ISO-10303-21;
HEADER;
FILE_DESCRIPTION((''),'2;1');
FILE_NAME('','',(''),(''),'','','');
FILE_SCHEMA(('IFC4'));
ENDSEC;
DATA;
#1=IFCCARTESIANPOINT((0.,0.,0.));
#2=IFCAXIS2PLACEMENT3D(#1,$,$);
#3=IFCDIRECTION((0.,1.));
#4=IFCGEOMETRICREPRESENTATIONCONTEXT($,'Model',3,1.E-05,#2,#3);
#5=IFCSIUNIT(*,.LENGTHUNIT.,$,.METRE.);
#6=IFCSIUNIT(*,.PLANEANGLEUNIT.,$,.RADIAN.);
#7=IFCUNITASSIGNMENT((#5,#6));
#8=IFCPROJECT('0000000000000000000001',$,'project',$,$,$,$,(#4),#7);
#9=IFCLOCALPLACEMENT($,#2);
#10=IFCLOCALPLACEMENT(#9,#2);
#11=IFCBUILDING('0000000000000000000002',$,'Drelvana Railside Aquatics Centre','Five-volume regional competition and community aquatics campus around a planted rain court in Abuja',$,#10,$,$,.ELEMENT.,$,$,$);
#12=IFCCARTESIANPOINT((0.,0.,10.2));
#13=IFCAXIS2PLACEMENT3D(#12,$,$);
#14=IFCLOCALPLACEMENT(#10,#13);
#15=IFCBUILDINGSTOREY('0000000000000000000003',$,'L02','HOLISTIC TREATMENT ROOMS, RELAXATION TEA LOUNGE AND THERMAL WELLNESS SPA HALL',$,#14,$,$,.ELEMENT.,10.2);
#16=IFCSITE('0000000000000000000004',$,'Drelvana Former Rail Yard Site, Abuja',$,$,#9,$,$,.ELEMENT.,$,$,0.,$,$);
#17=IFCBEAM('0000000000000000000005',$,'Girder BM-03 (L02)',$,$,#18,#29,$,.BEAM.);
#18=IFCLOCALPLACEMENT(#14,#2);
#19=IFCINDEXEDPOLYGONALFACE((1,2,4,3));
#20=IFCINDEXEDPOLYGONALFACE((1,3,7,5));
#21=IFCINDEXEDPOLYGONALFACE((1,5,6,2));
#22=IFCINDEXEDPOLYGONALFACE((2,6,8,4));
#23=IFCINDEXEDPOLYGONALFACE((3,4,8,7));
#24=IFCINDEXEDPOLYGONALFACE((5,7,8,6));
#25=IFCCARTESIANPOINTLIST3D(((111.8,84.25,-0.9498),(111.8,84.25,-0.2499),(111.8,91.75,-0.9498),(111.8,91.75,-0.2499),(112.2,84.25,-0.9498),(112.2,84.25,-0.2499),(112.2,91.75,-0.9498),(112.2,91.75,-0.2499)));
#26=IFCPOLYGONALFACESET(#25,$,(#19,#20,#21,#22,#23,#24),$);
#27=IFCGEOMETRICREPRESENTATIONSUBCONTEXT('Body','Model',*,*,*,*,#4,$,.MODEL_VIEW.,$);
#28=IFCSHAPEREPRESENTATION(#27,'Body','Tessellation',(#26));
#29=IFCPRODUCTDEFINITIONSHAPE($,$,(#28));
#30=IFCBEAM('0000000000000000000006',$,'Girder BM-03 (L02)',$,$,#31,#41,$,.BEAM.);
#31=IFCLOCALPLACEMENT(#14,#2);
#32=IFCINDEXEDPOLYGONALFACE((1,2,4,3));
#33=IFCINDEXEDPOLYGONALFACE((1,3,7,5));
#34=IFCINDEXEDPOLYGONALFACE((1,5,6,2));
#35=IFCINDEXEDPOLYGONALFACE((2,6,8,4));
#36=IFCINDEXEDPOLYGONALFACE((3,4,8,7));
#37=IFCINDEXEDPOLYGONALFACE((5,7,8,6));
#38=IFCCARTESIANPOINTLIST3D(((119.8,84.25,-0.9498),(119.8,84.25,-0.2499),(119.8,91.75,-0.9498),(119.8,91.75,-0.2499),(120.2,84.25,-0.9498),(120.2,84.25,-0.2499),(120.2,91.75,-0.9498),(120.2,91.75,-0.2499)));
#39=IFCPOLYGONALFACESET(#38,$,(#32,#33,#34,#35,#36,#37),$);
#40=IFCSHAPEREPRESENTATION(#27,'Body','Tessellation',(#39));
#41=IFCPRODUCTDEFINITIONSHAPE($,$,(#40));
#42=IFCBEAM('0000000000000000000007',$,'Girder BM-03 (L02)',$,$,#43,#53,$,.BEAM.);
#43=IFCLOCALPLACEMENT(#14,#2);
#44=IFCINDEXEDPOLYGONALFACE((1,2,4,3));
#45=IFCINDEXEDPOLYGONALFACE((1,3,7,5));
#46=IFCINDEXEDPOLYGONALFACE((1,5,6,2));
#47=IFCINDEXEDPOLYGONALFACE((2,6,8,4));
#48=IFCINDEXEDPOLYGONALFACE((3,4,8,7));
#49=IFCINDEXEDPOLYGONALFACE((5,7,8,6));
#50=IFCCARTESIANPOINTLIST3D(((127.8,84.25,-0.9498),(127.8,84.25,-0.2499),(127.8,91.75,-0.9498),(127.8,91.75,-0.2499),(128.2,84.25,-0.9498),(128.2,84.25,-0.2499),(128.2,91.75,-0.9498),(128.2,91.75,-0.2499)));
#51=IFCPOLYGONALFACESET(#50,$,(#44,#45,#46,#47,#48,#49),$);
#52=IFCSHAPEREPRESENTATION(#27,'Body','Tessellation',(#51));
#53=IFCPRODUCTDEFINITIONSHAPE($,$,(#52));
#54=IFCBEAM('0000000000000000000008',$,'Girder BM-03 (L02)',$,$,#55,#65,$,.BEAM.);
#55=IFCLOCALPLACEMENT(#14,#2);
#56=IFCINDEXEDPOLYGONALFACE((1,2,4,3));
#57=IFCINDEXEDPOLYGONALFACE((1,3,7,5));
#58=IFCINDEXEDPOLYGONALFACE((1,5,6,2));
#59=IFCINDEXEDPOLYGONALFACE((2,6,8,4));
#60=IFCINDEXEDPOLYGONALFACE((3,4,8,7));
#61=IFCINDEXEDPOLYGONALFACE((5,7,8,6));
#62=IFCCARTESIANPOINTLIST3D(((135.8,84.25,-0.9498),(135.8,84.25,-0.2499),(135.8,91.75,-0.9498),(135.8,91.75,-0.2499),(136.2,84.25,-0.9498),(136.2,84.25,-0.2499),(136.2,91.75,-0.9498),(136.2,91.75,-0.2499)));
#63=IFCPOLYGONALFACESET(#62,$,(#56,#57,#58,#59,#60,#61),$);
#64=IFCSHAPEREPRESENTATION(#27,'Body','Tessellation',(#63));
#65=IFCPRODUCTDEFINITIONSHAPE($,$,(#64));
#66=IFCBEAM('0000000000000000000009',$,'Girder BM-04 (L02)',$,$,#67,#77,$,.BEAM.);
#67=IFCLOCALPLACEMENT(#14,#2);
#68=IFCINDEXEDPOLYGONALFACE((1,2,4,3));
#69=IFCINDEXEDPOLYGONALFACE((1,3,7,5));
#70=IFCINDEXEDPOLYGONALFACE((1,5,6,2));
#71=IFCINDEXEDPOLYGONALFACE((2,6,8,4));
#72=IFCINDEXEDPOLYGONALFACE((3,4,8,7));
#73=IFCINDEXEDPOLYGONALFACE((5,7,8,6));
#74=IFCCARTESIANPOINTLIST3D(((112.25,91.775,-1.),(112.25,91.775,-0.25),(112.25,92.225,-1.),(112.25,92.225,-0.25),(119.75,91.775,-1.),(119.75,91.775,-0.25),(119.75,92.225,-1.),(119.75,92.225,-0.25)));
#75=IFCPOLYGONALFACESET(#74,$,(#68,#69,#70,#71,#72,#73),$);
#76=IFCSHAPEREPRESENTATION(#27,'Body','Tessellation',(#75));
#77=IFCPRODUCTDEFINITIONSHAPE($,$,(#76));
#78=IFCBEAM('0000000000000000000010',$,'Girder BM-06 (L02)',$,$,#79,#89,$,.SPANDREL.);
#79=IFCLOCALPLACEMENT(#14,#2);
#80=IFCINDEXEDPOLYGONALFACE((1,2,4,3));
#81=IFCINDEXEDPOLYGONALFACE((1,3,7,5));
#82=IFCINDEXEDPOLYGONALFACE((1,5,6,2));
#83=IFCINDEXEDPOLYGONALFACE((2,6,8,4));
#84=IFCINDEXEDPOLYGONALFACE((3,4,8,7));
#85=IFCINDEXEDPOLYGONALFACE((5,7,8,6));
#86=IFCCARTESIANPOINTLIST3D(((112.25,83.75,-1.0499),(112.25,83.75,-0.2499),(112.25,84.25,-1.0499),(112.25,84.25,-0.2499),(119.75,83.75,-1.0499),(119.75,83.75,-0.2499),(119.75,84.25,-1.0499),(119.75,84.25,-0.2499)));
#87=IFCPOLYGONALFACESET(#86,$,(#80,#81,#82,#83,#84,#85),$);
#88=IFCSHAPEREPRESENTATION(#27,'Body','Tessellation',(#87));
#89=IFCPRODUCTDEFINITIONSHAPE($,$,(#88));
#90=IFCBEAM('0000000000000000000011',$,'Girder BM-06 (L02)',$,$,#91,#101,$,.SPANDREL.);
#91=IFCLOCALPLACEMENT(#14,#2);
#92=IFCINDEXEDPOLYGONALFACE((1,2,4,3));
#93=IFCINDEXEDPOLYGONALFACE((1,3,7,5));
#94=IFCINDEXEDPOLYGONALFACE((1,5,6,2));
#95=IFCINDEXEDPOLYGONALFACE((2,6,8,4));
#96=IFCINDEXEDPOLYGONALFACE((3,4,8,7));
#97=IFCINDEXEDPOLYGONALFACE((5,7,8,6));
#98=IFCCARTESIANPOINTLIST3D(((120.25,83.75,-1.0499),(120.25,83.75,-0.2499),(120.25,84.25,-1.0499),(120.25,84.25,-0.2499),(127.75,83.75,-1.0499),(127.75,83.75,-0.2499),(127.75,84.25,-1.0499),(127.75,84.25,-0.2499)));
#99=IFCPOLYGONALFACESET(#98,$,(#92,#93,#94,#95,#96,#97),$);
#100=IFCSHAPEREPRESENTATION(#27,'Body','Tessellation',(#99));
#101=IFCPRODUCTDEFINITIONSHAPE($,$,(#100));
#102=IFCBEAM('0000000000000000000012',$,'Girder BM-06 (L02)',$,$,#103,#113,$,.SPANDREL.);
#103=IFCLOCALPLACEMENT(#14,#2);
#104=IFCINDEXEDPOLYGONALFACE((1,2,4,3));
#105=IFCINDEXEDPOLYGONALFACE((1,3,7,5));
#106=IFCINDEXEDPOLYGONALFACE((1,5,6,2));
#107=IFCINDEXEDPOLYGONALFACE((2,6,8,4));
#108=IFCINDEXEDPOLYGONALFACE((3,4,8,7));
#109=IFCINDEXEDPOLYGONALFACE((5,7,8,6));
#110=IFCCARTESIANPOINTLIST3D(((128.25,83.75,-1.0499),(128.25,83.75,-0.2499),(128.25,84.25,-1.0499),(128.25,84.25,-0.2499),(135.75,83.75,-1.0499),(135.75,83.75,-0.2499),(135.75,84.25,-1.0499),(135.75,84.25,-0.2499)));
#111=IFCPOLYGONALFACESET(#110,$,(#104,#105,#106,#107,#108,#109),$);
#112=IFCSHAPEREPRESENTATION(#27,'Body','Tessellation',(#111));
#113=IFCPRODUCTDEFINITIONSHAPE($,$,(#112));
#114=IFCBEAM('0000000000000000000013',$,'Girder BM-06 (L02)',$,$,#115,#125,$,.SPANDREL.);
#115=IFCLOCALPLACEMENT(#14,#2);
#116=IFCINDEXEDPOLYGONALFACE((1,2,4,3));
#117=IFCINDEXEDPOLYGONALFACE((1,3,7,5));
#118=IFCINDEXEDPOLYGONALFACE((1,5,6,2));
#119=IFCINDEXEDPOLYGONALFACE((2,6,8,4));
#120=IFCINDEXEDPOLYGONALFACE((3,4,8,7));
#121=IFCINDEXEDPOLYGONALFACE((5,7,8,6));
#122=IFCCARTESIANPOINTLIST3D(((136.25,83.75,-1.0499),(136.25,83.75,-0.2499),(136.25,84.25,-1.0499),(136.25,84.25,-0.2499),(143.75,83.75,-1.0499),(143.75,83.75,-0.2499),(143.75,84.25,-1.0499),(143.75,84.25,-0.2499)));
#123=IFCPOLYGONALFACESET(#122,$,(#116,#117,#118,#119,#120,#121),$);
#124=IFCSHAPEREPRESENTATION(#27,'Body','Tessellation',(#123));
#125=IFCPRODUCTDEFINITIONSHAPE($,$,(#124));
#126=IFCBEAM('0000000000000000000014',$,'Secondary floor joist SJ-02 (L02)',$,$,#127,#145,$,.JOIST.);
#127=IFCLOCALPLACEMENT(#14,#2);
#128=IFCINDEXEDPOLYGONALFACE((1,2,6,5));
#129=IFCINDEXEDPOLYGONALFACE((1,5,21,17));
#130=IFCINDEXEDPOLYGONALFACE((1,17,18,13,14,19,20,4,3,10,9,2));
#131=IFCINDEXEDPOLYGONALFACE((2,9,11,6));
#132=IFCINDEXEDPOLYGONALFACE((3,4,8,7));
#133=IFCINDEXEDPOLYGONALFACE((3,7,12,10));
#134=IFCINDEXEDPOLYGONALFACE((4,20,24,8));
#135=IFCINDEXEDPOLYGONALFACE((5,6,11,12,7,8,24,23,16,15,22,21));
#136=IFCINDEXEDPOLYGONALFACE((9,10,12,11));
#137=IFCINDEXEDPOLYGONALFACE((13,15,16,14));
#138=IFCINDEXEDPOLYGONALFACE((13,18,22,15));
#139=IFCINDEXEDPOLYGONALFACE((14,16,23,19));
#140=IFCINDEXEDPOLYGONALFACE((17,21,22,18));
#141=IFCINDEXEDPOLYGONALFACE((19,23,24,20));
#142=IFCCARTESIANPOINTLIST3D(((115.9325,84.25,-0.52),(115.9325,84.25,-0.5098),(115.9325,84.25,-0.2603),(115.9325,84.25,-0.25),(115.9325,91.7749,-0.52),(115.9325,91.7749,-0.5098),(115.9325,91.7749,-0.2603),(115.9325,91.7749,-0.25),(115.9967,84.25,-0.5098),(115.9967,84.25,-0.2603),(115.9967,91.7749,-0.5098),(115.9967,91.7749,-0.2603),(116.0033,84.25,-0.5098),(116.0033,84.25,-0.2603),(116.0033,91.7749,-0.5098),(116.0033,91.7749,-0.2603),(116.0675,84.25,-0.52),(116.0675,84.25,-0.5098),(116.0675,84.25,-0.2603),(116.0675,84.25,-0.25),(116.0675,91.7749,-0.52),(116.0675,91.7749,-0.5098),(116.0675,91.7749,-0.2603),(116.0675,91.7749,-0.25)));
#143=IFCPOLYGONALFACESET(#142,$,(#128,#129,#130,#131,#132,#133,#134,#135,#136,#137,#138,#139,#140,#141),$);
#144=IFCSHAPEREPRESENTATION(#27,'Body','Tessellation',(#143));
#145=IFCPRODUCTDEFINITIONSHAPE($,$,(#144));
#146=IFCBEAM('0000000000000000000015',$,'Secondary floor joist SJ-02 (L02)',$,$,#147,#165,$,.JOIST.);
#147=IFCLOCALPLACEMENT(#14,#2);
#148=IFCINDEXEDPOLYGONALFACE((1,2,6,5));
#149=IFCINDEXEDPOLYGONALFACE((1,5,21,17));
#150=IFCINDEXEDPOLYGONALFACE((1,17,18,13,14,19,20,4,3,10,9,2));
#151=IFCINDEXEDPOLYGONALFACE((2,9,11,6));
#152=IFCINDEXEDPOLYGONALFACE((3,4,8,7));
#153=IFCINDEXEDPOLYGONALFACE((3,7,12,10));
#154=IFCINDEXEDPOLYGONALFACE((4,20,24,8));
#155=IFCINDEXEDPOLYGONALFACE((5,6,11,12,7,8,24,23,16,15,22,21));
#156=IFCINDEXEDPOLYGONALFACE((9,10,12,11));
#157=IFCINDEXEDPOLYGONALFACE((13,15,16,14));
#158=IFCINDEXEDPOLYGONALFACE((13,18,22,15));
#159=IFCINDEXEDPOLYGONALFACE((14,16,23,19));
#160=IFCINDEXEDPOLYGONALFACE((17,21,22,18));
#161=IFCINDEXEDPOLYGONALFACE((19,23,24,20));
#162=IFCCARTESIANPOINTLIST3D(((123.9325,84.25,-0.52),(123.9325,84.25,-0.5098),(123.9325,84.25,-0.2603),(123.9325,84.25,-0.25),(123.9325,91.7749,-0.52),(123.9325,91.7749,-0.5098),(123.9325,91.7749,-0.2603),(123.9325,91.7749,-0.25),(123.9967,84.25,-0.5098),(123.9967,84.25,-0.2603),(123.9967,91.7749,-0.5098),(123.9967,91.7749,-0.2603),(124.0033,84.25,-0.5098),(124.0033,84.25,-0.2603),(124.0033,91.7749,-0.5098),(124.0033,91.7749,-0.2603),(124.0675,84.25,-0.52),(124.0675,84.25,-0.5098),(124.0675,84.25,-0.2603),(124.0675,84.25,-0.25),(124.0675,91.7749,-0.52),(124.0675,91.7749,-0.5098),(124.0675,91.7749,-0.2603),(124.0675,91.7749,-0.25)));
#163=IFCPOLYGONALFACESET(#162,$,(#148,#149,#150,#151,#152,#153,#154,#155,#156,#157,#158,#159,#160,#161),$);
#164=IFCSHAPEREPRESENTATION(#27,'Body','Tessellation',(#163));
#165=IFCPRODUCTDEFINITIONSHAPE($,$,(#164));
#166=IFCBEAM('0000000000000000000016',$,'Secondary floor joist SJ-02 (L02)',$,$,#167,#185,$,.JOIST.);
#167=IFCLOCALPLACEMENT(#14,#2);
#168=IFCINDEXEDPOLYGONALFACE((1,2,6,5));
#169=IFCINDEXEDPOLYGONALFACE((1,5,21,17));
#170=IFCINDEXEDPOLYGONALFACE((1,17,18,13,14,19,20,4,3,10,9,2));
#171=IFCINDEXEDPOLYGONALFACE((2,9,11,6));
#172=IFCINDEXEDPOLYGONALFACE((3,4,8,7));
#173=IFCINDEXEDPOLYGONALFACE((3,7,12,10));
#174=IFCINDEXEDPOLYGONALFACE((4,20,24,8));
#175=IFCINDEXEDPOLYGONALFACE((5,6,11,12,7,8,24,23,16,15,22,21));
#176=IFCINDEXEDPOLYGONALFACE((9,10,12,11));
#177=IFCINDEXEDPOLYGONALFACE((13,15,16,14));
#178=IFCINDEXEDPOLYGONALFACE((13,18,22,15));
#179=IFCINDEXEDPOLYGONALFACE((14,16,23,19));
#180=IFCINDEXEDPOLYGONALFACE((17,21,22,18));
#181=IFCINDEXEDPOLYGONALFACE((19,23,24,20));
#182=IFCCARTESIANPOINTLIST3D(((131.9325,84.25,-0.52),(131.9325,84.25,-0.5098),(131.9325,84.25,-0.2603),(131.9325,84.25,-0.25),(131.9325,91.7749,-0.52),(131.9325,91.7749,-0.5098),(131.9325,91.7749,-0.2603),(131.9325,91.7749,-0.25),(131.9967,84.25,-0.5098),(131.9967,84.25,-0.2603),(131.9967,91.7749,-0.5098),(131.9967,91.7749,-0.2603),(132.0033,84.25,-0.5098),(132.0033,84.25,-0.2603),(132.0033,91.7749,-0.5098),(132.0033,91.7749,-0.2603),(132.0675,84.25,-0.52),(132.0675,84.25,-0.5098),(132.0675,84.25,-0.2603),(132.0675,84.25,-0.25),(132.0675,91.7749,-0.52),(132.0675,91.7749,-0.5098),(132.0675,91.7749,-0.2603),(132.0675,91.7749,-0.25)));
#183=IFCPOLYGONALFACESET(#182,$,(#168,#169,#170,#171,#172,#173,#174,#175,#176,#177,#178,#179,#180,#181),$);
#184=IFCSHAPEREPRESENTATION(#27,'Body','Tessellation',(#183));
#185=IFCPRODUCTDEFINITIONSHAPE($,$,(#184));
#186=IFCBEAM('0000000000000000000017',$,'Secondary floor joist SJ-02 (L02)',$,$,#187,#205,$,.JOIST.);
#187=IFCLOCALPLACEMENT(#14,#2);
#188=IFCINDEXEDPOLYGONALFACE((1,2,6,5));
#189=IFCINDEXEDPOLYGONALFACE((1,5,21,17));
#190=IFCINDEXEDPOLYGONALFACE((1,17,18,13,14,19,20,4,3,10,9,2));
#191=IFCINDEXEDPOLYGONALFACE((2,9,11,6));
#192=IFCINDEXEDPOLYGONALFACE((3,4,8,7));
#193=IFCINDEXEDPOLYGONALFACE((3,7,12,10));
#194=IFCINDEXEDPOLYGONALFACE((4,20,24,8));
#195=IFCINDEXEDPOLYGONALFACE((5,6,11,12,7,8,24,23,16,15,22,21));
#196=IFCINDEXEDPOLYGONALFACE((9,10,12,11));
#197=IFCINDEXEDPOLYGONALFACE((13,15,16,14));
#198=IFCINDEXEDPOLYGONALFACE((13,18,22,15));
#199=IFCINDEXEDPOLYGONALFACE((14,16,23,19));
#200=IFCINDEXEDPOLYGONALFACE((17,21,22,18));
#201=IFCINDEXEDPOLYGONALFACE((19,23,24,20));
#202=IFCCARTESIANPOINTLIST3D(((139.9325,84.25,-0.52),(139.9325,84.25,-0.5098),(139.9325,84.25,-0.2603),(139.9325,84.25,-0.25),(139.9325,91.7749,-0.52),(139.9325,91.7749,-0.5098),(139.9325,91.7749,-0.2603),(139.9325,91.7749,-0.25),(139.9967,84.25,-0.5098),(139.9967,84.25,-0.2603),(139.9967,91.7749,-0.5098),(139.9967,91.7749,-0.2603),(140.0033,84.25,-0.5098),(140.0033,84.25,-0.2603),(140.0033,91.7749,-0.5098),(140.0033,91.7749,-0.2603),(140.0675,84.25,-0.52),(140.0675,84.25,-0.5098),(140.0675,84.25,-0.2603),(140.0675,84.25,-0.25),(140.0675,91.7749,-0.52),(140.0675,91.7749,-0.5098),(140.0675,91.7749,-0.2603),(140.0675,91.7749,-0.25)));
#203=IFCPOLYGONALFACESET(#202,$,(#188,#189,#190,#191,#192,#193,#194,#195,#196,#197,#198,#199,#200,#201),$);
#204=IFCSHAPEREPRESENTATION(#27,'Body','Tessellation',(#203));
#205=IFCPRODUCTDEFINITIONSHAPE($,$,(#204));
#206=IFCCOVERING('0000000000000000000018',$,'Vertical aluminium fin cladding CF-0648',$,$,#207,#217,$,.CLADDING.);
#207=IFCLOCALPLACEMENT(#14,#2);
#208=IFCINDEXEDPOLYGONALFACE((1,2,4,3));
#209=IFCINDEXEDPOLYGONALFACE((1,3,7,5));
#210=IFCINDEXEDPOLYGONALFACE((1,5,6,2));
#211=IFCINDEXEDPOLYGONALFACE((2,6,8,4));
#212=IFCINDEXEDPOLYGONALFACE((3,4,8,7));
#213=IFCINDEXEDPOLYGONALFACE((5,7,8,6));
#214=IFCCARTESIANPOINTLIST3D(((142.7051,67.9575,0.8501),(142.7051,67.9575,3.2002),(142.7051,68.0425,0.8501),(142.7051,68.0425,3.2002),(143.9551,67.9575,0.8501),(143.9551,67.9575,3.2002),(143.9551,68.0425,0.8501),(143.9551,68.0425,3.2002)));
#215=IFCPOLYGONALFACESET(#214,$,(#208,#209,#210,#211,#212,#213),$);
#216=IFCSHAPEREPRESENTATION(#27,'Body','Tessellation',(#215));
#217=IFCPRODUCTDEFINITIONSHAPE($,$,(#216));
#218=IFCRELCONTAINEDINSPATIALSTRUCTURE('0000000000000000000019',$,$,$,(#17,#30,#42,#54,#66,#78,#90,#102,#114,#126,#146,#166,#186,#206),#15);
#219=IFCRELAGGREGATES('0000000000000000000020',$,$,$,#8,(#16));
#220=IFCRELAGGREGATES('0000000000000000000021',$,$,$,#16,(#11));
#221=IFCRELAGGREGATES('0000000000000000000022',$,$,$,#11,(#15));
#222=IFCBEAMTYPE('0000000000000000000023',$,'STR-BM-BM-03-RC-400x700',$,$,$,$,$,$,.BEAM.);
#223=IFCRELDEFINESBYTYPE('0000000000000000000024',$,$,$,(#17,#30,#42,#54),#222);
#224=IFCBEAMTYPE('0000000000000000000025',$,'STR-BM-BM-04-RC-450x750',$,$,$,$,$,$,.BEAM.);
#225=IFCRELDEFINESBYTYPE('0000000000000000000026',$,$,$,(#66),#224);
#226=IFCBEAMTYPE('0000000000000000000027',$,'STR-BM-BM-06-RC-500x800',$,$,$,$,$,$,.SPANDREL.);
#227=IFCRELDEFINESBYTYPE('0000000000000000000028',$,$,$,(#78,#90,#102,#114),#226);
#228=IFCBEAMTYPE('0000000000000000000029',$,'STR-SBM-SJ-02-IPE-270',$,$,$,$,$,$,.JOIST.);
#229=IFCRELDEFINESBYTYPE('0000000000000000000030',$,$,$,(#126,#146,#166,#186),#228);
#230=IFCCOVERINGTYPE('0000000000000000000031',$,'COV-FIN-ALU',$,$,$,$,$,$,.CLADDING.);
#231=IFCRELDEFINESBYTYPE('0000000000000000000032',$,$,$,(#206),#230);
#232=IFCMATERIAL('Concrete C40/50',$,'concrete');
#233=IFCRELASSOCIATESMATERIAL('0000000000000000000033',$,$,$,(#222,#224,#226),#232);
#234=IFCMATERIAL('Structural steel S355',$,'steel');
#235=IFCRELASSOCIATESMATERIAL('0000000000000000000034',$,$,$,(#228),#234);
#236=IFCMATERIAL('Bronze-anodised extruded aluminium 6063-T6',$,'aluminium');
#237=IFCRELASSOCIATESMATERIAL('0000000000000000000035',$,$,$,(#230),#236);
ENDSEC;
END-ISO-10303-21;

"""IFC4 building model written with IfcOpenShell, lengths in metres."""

from ifc_helpers import new_model, si_unit, direction, frame, origin, origin_2d, place, context, subcontext, project, spatial, rectangle, i_section, extrude, material, material_profile, profile_set, type_object, element, save


model = new_model("IFC4")

# Units and contexts
model_context = context("Model", 3, precision=1e-05, world=origin(), true_north=direction((0.0, 1.0)))
body_context = subcontext(model_context, "Body", "Model", "MODEL_VIEW")
ifc_project = project(units=[si_unit("LENGTHUNIT", "METRE"), si_unit("PLANEANGLEUNIT", "RADIAN")], contexts=[model_context])

# Site, building, storey
site_placement = place(None, origin())
site = spatial("IfcSite", under=ifc_project, at=site_placement, Name="Drelvana Former Rail Yard Site, Abuja", CompositionType="ELEMENT", RefElevation=0.0)
building_placement = place(site_placement, origin())
building = spatial("IfcBuilding", under=site, at=building_placement, Name="Drelvana Railside Aquatics Centre", Description="Five-volume regional competition and community aquatics campus around a planted rain court in Abuja", CompositionType="ELEMENT")
storey_placement = place(building_placement, frame((0.0, 0.0, 10.2)))
storey = spatial("IfcBuildingStorey", under=building, at=storey_placement, Name="L02", Description="HOLISTIC TREATMENT ROOMS, RELAXATION TEA LOUNGE AND THERMAL WELLNESS SPA HALL", CompositionType="ELEMENT", Elevation=10.2)

# Beams
ifc_material_1 = material(Name="Concrete C40/50", Category="concrete")
ifc_material_profile_1 = material_profile(ifc_material_1, rectangle(XDim=0.3999, YDim=0.7, at=origin_2d()), Name="RC 400x700")
ifc_profile_set_1 = profile_set([ifc_material_profile_1], Name="Concrete C40/50")
beam_type_1 = type_object("IfcBeamType", Name="STR-BM-BM-03-RC-400x700", PredefinedType="BEAM", material=ifc_profile_set_1)
for number, where, z_axis, x_axis, name in (
    (1, (112.0, 84.25, -0.5999), (0.0, 1.0, 0.0), (-1.0, 0.0, 0.0), "Girder BM-03 (L02)"),
    (2, (120.0, 84.25, -0.5999), (0.0, 1.0, 0.0), (-1.0, 0.0, 0.0), "Girder BM-03 (L02)"),
    (3, (128.0, 84.25, -0.5999), (0.0, 1.0, 0.0), (-1.0, 0.0, 0.0), "Girder BM-03 (L02)"),
    (4, (136.0, 84.25, -0.5999), (0.0, 1.0, 0.0), (-1.0, 0.0, 0.0), "Girder BM-03 (L02)"),
):
    element("IfcBeam", number, at=place(storey_placement, frame(where, z_axis=z_axis, x_axis=x_axis)), inside=storey, type_object=beam_type_1, Name=name, PredefinedType="BEAM", context=body_context, shape_type="SweptSolid", body=[
        extrude(rectangle(XDim=0.3999, YDim=0.7, at=origin_2d()), origin(), (0.0, 0.0, 1.0), 7.5),
    ])
ifc_material_profile_2 = material_profile(ifc_material_1, rectangle(XDim=0.45, YDim=0.75, at=origin_2d()), Name="RC 450x750")
ifc_profile_set_2 = profile_set([ifc_material_profile_2], Name="Concrete C40/50")
beam_type_2 = type_object("IfcBeamType", Name="STR-BM-BM-04-RC-450x750", PredefinedType="BEAM", material=ifc_profile_set_2)
beam_placement = place(storey_placement, frame((112.25, 92.0, -0.625), z_axis=(1.0, 0.0, 0.0), x_axis=(0.0, 1.0, 0.0)))
element("IfcBeam", 5, at=beam_placement, inside=storey, type_object=beam_type_2, Name="Girder BM-04 (L02)", PredefinedType="BEAM", context=body_context, shape_type="SweptSolid", body=[
    extrude(rectangle(XDim=0.45, YDim=0.75, at=origin_2d()), origin(), (0.0, 0.0, 1.0), 7.5),
])
ifc_material_profile_3 = material_profile(ifc_material_1, rectangle(XDim=0.5, YDim=0.8, at=origin_2d()), Name="RC 500x800")
ifc_profile_set_3 = profile_set([ifc_material_profile_3], Name="Concrete C40/50")
beam_type_3 = type_object("IfcBeamType", Name="STR-BM-BM-06-RC-500x800", PredefinedType="SPANDREL", material=ifc_profile_set_3)
for number, where, z_axis, x_axis, name in (
    (6, (112.25, 84.0, -0.6499), (1.0, 0.0, 0.0), (0.0, 1.0, 0.0), "Girder BM-06 (L02)"),
    (7, (120.25, 84.0, -0.6499), (1.0, 0.0, 0.0), (0.0, 1.0, 0.0), "Girder BM-06 (L02)"),
    (8, (128.25, 84.0, -0.6499), (1.0, 0.0, 0.0), (0.0, 1.0, 0.0), "Girder BM-06 (L02)"),
    (9, (136.25, 84.0, -0.6499), (1.0, 0.0, 0.0), (0.0, 1.0, 0.0), "Girder BM-06 (L02)"),
):
    element("IfcBeam", number, at=place(storey_placement, frame(where, z_axis=z_axis, x_axis=x_axis)), inside=storey, type_object=beam_type_3, Name=name, PredefinedType="SPANDREL", context=body_context, shape_type="SweptSolid", body=[
        extrude(rectangle(XDim=0.5, YDim=0.8, at=origin_2d()), origin(), (0.0, 0.0, 1.0), 7.5),
    ])
ifc_material_2 = material(Name="Structural steel S355", Category="steel")
ifc_material_profile_4 = material_profile(ifc_material_2, i_section(OverallWidth=0.135, OverallDepth=0.27, WebThickness=0.0066, FlangeThickness=0.0103, at=origin_2d()), Name="IPE 270")
ifc_profile_set_4 = profile_set([ifc_material_profile_4], Name="Structural steel S355")
beam_type_4 = type_object("IfcBeamType", Name="STR-SBM-SJ-02-IPE-270", PredefinedType="JOIST", material=ifc_profile_set_4)
for number, where, z_axis, x_axis, name in (
    (10, (116.0, 84.25, -0.385), (0.0, 1.0, 0.0), (-1.0, 0.0, 0.0), "Secondary floor joist SJ-02 (L02)"),
    (11, (124.0, 84.25, -0.385), (0.0, 1.0, 0.0), (-1.0, 0.0, 0.0), "Secondary floor joist SJ-02 (L02)"),
    (12, (132.0, 84.25, -0.385), (0.0, 1.0, 0.0), (-1.0, 0.0, 0.0), "Secondary floor joist SJ-02 (L02)"),
    (13, (140.0, 84.25, -0.385), (0.0, 1.0, 0.0), (-1.0, 0.0, 0.0), "Secondary floor joist SJ-02 (L02)"),
):
    element("IfcBeam", number, at=place(storey_placement, frame(where, z_axis=z_axis, x_axis=x_axis)), inside=storey, type_object=beam_type_4, Name=name, PredefinedType="JOIST", context=body_context, shape_type="SweptSolid", body=[
        extrude(i_section(OverallWidth=0.135, OverallDepth=0.27, WebThickness=0.0066, FlangeThickness=0.0103, at=origin_2d()), origin(), (0.0, 0.0, 1.0), 7.5249),
    ])

# Covering
ifc_material_3 = material(Name="Bronze-anodised extruded aluminium 6063-T6", Category="aluminium")
covering_type = type_object("IfcCoveringType", Name="COV-FIN-ALU", PredefinedType="CLADDING", material=ifc_material_3)
for number, where, z_axis, x_axis, name in (
    (14, (143.3301, 68.0, 0.8501), (0.0, 0.0, 1.0), (0.0, 1.0, 0.0), "Vertical aluminium fin cladding CF-0648"),
):
    element("IfcCovering", number, at=place(storey_placement, frame(where, z_axis=z_axis, x_axis=x_axis)), inside=storey, type_object=covering_type, Name=name, PredefinedType="CLADDING", context=body_context, shape_type="SweptSolid", body=[
        extrude(rectangle(XDim=0.085, YDim=1.25, at=origin_2d()), origin(), (0.0, 0.0, 1.0), 2.3501),
    ])

save(model, "model.ifc")
